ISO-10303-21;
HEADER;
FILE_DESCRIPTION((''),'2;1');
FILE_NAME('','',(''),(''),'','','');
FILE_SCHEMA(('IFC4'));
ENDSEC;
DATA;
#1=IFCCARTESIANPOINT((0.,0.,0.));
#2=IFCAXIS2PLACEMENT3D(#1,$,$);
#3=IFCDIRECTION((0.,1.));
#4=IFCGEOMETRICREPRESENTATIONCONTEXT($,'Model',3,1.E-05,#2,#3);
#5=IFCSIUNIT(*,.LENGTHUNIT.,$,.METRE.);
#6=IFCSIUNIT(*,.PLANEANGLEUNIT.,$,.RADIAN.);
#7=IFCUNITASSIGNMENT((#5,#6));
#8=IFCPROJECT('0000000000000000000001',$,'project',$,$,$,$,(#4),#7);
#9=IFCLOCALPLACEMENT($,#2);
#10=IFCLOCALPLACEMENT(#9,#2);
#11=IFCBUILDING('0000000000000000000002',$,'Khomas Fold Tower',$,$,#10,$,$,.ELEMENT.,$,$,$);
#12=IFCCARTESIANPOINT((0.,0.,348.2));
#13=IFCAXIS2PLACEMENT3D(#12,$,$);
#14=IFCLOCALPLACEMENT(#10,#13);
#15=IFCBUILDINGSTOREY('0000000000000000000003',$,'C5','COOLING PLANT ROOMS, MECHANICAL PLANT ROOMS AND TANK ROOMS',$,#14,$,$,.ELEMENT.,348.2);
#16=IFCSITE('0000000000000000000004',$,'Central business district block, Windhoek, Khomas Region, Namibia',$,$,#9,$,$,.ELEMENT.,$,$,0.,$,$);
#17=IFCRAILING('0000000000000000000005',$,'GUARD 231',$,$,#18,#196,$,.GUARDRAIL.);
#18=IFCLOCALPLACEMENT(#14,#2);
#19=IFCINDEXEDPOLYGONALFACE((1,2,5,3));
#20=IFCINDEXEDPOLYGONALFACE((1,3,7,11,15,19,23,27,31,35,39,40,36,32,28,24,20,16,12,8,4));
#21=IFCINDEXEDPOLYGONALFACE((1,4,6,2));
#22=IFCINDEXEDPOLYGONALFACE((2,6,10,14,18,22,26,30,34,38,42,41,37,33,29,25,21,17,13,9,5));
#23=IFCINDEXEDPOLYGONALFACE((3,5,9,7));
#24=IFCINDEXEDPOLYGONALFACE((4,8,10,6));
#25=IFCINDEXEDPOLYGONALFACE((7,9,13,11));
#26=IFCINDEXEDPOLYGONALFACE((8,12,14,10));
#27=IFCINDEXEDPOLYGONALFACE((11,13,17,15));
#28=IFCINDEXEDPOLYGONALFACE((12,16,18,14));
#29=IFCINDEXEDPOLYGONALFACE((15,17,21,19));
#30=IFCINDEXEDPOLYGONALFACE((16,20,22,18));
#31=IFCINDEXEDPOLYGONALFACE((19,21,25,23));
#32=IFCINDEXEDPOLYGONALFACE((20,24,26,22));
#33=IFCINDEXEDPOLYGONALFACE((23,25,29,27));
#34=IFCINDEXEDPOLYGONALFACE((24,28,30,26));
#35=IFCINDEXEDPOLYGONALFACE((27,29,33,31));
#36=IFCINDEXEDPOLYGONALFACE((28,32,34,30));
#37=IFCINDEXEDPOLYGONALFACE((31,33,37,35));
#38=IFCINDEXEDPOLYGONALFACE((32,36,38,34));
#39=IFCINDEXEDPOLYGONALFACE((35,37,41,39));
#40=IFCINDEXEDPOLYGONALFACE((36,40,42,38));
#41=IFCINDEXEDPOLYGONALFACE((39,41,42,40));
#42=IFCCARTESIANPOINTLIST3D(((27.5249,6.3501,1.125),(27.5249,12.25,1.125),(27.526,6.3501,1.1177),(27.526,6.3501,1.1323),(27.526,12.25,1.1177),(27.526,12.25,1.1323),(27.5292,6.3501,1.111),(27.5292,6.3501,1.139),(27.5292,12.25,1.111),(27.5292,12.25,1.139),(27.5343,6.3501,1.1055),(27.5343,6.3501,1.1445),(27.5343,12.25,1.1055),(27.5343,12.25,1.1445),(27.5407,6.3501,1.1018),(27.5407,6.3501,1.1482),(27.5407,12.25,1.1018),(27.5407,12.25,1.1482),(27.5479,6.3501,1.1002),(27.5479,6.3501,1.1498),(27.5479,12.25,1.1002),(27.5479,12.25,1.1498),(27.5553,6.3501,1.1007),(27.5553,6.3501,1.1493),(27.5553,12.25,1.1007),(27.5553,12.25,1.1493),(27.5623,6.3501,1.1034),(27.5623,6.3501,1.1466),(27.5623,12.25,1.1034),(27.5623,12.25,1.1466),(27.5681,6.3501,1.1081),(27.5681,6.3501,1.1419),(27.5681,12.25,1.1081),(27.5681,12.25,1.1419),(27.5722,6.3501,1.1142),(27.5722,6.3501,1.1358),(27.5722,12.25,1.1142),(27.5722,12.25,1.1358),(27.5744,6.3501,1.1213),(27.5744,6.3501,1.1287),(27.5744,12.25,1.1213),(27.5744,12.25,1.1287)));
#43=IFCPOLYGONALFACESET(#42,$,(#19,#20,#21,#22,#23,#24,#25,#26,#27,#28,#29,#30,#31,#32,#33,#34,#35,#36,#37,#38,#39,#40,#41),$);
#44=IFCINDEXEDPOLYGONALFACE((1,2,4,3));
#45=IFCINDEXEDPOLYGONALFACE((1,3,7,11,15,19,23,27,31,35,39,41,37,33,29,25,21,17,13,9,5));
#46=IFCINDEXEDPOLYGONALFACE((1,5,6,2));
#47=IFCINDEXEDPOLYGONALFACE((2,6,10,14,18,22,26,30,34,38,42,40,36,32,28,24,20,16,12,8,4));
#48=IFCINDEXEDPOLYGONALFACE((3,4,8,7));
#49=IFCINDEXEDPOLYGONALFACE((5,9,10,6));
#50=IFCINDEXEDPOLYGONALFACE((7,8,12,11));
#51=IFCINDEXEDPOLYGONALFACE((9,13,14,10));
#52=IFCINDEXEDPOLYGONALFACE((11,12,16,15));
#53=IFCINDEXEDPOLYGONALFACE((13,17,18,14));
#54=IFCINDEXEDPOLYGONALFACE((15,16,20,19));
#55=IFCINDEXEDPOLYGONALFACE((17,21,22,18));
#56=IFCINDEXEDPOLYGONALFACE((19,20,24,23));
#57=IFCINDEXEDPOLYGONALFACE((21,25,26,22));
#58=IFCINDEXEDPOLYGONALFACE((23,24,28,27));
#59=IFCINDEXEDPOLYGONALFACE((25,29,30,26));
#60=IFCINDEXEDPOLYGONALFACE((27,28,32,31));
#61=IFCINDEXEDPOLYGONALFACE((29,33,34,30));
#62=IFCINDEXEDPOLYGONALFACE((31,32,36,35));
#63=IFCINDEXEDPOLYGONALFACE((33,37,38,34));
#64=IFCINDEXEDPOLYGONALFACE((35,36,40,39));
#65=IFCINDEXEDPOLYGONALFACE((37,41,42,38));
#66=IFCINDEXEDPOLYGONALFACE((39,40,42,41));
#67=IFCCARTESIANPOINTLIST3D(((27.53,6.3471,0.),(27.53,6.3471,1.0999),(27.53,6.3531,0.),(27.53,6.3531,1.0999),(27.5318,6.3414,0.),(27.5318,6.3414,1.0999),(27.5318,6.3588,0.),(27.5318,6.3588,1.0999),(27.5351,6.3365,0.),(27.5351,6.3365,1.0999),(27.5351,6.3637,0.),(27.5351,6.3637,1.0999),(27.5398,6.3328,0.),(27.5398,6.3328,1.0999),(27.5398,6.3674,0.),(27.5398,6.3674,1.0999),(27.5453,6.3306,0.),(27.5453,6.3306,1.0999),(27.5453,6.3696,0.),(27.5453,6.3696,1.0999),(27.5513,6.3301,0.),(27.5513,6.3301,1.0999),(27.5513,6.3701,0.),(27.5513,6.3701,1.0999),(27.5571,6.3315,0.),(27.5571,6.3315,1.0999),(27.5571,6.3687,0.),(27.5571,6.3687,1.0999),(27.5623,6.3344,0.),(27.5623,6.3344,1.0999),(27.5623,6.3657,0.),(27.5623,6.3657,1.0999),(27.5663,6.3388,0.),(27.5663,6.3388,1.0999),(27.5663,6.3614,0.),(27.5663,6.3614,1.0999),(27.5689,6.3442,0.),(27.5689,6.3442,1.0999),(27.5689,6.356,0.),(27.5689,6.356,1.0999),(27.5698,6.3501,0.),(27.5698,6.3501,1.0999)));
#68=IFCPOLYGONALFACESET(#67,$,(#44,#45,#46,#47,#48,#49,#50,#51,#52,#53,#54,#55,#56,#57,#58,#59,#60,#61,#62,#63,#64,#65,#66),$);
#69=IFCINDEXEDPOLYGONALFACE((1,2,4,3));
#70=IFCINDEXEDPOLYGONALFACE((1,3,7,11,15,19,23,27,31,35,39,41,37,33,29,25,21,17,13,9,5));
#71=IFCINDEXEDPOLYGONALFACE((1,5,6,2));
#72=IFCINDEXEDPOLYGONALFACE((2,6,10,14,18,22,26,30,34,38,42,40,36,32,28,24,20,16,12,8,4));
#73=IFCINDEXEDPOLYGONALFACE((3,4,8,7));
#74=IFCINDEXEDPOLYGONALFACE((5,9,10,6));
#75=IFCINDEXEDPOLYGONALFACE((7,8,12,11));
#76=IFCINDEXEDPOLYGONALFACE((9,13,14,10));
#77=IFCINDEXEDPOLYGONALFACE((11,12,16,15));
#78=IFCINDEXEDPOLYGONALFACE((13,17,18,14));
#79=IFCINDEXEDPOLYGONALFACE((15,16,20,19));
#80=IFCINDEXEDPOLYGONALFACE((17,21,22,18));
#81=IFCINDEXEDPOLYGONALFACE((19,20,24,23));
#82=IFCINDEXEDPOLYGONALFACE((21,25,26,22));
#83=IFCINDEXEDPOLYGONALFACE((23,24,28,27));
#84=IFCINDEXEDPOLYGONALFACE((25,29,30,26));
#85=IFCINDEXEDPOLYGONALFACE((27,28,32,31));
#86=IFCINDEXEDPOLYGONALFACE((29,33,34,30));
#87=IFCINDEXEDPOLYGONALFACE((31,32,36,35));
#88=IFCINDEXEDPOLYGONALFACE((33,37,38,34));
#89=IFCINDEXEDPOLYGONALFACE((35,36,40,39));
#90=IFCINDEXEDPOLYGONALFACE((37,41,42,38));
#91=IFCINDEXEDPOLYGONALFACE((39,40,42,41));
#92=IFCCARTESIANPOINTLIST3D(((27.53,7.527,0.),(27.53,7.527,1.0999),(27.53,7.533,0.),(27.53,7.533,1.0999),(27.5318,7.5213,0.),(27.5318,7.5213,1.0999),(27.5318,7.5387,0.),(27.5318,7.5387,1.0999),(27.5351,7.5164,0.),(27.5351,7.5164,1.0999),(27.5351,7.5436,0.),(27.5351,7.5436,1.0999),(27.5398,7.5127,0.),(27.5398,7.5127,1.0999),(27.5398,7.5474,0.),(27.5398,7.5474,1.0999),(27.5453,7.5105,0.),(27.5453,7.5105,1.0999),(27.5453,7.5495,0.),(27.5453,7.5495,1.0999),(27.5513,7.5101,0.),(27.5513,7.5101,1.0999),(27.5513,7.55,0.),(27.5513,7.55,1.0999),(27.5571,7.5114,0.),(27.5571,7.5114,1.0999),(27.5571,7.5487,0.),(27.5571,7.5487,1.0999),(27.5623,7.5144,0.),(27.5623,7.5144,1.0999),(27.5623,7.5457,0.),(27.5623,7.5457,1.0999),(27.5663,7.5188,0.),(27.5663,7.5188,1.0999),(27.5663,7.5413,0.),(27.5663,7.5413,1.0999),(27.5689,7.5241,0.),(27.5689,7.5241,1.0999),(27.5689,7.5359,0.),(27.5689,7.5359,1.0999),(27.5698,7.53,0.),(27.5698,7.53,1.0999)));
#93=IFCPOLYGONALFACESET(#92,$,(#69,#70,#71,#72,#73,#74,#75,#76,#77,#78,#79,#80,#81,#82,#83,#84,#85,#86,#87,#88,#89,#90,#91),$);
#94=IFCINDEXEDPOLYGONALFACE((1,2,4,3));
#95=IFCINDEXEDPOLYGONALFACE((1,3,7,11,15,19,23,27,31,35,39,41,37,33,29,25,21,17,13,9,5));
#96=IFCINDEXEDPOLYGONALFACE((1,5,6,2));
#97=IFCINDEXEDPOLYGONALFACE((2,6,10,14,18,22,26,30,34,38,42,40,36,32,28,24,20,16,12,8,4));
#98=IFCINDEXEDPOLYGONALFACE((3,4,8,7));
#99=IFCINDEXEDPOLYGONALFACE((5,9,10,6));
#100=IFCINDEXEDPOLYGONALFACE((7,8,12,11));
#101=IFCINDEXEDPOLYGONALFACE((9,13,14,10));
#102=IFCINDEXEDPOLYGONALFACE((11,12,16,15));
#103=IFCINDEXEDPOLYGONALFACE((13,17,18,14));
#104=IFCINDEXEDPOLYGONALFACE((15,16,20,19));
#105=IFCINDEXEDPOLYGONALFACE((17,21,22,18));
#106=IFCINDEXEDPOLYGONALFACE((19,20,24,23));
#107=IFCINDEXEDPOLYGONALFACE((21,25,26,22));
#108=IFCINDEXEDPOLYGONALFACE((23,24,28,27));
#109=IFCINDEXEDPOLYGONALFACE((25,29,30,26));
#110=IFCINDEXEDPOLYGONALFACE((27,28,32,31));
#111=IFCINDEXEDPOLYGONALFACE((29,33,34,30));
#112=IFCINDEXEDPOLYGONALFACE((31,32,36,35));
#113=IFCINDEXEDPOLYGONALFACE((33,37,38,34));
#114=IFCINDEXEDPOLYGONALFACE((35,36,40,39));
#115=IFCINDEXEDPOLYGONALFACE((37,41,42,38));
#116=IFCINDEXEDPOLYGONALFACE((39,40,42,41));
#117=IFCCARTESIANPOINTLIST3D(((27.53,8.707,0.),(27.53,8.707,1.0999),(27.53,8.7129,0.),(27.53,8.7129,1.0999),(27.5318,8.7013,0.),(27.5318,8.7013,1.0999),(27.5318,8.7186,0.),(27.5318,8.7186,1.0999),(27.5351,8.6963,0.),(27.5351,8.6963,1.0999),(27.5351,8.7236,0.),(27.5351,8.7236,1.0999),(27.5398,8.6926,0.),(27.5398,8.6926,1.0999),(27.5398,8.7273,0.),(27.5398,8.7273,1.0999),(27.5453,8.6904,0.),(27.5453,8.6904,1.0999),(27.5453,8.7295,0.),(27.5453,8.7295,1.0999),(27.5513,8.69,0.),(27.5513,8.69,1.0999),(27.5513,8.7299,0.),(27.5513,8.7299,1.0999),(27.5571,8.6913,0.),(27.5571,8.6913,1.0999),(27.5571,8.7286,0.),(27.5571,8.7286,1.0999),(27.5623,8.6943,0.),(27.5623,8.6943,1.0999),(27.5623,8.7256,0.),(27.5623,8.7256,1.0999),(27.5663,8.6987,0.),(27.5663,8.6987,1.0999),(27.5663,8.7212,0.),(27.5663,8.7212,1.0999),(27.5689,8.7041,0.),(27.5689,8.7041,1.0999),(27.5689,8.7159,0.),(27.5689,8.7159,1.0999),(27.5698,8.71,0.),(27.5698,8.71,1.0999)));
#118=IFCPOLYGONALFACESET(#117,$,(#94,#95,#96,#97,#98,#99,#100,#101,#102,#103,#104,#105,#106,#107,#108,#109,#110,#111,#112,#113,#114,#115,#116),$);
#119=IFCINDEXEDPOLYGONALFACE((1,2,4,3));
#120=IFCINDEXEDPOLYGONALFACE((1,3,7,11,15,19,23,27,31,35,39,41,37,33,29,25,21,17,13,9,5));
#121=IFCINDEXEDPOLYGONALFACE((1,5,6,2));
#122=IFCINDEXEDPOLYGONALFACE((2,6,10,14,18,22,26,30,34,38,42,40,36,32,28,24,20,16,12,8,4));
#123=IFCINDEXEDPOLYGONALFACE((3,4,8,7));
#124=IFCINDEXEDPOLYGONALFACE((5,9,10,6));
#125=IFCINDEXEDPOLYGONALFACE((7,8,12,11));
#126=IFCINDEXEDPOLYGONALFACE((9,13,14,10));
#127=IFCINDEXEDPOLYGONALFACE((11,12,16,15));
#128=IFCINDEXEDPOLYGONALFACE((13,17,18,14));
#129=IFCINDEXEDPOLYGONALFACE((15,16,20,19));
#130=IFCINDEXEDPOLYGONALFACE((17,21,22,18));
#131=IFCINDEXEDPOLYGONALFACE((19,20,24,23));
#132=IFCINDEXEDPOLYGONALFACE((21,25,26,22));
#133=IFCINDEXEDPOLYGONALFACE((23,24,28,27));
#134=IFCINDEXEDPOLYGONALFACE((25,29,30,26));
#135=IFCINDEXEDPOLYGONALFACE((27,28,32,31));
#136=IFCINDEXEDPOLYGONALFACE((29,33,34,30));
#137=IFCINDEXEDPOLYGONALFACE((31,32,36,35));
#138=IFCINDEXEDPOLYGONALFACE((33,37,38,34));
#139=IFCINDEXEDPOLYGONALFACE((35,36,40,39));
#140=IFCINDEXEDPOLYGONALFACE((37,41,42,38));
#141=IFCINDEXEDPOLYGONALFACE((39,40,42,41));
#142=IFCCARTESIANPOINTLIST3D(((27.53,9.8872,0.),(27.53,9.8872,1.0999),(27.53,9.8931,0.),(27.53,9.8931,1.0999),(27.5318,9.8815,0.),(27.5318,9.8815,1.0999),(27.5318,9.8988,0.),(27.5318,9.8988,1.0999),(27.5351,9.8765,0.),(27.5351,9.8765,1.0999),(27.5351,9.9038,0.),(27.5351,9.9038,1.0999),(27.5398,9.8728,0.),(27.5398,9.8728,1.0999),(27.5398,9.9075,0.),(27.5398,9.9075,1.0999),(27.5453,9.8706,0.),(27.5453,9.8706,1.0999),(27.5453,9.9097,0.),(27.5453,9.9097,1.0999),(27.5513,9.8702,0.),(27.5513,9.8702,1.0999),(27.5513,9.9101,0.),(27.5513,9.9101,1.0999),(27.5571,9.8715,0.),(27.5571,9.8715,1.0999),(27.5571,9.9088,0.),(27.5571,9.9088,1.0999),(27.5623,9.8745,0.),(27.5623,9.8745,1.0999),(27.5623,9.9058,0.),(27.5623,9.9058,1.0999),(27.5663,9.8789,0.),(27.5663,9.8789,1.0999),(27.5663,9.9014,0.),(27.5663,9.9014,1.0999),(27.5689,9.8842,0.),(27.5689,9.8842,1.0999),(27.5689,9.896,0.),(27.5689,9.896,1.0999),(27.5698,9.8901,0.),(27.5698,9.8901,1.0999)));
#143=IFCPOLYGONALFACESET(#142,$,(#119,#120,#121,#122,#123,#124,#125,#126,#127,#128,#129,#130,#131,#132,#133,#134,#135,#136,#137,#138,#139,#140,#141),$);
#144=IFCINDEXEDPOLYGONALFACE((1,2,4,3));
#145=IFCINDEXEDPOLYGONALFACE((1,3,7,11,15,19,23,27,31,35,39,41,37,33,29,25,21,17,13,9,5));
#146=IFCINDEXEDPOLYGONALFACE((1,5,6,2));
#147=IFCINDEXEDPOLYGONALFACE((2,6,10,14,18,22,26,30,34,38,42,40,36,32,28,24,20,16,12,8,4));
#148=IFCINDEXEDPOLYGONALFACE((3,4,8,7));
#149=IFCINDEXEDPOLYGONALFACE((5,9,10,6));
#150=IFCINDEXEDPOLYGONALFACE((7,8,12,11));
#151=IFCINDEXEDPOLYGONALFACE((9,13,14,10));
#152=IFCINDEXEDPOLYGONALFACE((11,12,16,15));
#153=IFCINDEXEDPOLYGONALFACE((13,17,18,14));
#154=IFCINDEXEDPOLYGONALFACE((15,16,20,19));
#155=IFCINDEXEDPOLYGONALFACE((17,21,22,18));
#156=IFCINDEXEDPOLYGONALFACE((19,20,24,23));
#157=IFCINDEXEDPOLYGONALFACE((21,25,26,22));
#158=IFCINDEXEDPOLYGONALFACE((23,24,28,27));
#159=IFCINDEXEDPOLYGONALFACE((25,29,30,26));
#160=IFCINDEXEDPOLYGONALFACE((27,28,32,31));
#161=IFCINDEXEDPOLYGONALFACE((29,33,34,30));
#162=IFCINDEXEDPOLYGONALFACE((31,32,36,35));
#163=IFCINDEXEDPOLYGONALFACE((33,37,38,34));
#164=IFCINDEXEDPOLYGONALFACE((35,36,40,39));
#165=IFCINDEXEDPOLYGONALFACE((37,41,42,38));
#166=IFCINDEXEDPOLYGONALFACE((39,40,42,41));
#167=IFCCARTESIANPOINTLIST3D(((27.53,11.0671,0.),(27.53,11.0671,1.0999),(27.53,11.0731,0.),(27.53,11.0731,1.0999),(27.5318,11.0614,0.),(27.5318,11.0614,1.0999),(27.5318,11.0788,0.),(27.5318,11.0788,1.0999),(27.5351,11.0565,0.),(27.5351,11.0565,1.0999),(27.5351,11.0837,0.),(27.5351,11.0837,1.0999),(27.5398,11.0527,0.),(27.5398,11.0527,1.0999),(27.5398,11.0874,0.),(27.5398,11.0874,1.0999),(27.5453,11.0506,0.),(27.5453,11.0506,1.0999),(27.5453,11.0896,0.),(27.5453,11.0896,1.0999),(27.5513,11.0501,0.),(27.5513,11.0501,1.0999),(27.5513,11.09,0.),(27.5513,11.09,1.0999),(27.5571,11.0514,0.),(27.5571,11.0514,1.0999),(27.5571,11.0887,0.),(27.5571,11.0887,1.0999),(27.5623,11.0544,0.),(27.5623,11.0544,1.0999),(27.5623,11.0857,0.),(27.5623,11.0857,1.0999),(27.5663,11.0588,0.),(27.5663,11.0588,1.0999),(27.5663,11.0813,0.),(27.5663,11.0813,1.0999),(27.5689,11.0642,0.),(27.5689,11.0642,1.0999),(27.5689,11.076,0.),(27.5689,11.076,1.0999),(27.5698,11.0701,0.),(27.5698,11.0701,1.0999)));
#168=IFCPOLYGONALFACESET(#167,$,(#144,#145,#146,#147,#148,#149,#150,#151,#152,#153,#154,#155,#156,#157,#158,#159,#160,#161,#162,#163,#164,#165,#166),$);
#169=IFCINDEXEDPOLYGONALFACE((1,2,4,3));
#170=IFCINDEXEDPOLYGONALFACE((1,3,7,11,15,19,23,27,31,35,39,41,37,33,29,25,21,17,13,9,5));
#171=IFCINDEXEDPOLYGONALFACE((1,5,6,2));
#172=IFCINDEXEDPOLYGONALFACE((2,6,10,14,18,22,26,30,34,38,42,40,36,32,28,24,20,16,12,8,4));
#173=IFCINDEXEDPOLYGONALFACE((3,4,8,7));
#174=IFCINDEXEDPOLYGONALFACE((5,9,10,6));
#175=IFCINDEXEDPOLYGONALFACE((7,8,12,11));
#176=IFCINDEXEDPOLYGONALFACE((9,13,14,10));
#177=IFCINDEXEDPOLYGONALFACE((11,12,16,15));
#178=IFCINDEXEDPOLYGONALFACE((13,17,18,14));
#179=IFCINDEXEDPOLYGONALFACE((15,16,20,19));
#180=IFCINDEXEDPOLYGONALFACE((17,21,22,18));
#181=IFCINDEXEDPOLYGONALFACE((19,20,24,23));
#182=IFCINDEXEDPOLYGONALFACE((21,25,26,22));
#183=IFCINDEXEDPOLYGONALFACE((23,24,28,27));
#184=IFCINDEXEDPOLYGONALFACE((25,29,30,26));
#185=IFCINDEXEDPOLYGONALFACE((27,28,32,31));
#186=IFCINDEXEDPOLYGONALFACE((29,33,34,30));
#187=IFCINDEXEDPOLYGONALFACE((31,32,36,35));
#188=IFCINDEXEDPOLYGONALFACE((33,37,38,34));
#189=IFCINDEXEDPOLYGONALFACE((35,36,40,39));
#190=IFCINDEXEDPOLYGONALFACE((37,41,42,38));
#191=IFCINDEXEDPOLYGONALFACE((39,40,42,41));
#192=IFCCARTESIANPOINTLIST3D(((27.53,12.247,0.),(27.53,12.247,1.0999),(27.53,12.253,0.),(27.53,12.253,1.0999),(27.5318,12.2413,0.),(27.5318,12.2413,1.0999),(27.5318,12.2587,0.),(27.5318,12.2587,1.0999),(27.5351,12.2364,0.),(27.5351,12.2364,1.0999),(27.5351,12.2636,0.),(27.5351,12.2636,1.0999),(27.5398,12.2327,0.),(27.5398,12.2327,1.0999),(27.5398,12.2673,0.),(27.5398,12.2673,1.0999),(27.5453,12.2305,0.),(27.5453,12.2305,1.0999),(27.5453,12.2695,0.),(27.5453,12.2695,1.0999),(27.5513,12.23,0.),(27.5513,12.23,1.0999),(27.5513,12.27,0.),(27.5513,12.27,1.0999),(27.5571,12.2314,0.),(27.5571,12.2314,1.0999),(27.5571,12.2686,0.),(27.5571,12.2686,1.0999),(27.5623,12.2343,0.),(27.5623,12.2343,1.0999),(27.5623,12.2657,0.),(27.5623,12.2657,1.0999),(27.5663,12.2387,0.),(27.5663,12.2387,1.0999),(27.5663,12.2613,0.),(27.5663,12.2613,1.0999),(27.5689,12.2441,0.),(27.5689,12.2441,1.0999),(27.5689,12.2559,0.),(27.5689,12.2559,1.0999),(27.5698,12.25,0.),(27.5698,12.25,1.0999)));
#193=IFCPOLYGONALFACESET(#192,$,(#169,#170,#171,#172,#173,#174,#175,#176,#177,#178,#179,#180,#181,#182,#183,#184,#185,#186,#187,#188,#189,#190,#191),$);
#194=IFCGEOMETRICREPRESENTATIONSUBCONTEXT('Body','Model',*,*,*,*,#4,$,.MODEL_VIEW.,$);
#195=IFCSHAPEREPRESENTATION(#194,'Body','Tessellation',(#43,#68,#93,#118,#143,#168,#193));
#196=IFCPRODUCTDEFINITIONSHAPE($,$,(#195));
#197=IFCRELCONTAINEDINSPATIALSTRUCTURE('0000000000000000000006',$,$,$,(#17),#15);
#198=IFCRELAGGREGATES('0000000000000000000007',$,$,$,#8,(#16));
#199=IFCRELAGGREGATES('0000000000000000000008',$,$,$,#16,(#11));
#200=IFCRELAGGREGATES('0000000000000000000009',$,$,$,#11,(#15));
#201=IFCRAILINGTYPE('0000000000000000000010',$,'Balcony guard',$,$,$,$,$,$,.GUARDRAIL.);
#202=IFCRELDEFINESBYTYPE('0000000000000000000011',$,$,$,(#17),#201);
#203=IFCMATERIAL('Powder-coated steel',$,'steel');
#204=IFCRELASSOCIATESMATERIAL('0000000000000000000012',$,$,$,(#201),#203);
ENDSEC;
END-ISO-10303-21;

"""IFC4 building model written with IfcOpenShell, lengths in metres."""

from ifc_helpers import new_model, si_unit, direction, frame, origin, origin_2d, place, context, subcontext, project, spatial, circle, extrude, source, transform, mapped, material, type_object, element, save


model = new_model("IFC4")

# Units and contexts
model_context = context("Model", 3, precision=1e-05, world=origin(), true_north=direction((0.0, 1.0)))
body_context = subcontext(model_context, "Body", "Model", "MODEL_VIEW")
ifc_project = project(units=[si_unit("LENGTHUNIT", "METRE"), si_unit("PLANEANGLEUNIT", "RADIAN")], contexts=[model_context])

# Site, building, storey
site_placement = place(None, origin())
site = spatial("IfcSite", under=ifc_project, at=site_placement, Name="Central business district block, Windhoek, Khomas Region, Namibia", CompositionType="ELEMENT", RefElevation=0.0)
building_placement = place(site_placement, origin())
building = spatial("IfcBuilding", under=site, at=building_placement, Name="Khomas Fold Tower", CompositionType="ELEMENT")
storey_placement = place(building_placement, frame((0.0, 0.0, 348.2)))
storey = spatial("IfcBuildingStorey", under=building, at=storey_placement, Name="C5", Description="COOLING PLANT ROOMS, MECHANICAL PLANT ROOMS AND TANK ROOMS", CompositionType="ELEMENT", Elevation=348.2)

# Railing
ifc_material_1 = material(Name="Powder-coated steel", Category="steel")
railing_type_1 = type_object("IfcRailingType", Name="Balcony guard", PredefinedType="GUARDRAIL", material=ifc_material_1)
shared_shape_1 = source(origin(), body_context, "Body", "SweptSolid", [
    extrude(circle(Radius=0.0249, at=origin_2d()), frame((0.0, 0.0, 1.125), z_axis=(0.0, 1.0, 0.0), x_axis=(-1.0, 0.0, 0.0)), (0.0, 0.0, 1.0), 5.8999),
    extrude(circle(Radius=0.02, at=origin_2d()), origin(), (0.0, 0.0, 1.0), 1.0999),
    extrude(circle(Radius=0.02, at=origin_2d()), frame((0.0, 1.1799, 0.0)), (0.0, 0.0, 1.0), 1.0999),
    extrude(circle(Radius=0.02, at=origin_2d()), frame((0.0, 2.3599, 0.0)), (0.0, 0.0, 1.0), 1.0999),
    extrude(circle(Radius=0.02, at=origin_2d()), frame((0.0, 3.54, 0.0)), (0.0, 0.0, 1.0), 1.0999),
    extrude(circle(Radius=0.02, at=origin_2d()), frame((0.0, 4.72, 0.0)), (0.0, 0.0, 1.0), 1.0999),
    extrude(circle(Radius=0.02, at=origin_2d()), frame((0.0, 5.8999, 0.0)), (0.0, 0.0, 1.0), 1.0999),
])
railing_1_placement = place(storey_placement, frame((27.5498, 6.3501, 0.0)))
element("IfcRailing", 1, at=railing_1_placement, inside=storey, type_object=railing_type_1, Name="GUARD 231", PredefinedType="GUARDRAIL", context=body_context, shape_type="MappedRepresentation", body=[
    mapped(shared_shape_1, transform((0.0, 0.0, 0.0))),
])

save(model, "model.ifc")
